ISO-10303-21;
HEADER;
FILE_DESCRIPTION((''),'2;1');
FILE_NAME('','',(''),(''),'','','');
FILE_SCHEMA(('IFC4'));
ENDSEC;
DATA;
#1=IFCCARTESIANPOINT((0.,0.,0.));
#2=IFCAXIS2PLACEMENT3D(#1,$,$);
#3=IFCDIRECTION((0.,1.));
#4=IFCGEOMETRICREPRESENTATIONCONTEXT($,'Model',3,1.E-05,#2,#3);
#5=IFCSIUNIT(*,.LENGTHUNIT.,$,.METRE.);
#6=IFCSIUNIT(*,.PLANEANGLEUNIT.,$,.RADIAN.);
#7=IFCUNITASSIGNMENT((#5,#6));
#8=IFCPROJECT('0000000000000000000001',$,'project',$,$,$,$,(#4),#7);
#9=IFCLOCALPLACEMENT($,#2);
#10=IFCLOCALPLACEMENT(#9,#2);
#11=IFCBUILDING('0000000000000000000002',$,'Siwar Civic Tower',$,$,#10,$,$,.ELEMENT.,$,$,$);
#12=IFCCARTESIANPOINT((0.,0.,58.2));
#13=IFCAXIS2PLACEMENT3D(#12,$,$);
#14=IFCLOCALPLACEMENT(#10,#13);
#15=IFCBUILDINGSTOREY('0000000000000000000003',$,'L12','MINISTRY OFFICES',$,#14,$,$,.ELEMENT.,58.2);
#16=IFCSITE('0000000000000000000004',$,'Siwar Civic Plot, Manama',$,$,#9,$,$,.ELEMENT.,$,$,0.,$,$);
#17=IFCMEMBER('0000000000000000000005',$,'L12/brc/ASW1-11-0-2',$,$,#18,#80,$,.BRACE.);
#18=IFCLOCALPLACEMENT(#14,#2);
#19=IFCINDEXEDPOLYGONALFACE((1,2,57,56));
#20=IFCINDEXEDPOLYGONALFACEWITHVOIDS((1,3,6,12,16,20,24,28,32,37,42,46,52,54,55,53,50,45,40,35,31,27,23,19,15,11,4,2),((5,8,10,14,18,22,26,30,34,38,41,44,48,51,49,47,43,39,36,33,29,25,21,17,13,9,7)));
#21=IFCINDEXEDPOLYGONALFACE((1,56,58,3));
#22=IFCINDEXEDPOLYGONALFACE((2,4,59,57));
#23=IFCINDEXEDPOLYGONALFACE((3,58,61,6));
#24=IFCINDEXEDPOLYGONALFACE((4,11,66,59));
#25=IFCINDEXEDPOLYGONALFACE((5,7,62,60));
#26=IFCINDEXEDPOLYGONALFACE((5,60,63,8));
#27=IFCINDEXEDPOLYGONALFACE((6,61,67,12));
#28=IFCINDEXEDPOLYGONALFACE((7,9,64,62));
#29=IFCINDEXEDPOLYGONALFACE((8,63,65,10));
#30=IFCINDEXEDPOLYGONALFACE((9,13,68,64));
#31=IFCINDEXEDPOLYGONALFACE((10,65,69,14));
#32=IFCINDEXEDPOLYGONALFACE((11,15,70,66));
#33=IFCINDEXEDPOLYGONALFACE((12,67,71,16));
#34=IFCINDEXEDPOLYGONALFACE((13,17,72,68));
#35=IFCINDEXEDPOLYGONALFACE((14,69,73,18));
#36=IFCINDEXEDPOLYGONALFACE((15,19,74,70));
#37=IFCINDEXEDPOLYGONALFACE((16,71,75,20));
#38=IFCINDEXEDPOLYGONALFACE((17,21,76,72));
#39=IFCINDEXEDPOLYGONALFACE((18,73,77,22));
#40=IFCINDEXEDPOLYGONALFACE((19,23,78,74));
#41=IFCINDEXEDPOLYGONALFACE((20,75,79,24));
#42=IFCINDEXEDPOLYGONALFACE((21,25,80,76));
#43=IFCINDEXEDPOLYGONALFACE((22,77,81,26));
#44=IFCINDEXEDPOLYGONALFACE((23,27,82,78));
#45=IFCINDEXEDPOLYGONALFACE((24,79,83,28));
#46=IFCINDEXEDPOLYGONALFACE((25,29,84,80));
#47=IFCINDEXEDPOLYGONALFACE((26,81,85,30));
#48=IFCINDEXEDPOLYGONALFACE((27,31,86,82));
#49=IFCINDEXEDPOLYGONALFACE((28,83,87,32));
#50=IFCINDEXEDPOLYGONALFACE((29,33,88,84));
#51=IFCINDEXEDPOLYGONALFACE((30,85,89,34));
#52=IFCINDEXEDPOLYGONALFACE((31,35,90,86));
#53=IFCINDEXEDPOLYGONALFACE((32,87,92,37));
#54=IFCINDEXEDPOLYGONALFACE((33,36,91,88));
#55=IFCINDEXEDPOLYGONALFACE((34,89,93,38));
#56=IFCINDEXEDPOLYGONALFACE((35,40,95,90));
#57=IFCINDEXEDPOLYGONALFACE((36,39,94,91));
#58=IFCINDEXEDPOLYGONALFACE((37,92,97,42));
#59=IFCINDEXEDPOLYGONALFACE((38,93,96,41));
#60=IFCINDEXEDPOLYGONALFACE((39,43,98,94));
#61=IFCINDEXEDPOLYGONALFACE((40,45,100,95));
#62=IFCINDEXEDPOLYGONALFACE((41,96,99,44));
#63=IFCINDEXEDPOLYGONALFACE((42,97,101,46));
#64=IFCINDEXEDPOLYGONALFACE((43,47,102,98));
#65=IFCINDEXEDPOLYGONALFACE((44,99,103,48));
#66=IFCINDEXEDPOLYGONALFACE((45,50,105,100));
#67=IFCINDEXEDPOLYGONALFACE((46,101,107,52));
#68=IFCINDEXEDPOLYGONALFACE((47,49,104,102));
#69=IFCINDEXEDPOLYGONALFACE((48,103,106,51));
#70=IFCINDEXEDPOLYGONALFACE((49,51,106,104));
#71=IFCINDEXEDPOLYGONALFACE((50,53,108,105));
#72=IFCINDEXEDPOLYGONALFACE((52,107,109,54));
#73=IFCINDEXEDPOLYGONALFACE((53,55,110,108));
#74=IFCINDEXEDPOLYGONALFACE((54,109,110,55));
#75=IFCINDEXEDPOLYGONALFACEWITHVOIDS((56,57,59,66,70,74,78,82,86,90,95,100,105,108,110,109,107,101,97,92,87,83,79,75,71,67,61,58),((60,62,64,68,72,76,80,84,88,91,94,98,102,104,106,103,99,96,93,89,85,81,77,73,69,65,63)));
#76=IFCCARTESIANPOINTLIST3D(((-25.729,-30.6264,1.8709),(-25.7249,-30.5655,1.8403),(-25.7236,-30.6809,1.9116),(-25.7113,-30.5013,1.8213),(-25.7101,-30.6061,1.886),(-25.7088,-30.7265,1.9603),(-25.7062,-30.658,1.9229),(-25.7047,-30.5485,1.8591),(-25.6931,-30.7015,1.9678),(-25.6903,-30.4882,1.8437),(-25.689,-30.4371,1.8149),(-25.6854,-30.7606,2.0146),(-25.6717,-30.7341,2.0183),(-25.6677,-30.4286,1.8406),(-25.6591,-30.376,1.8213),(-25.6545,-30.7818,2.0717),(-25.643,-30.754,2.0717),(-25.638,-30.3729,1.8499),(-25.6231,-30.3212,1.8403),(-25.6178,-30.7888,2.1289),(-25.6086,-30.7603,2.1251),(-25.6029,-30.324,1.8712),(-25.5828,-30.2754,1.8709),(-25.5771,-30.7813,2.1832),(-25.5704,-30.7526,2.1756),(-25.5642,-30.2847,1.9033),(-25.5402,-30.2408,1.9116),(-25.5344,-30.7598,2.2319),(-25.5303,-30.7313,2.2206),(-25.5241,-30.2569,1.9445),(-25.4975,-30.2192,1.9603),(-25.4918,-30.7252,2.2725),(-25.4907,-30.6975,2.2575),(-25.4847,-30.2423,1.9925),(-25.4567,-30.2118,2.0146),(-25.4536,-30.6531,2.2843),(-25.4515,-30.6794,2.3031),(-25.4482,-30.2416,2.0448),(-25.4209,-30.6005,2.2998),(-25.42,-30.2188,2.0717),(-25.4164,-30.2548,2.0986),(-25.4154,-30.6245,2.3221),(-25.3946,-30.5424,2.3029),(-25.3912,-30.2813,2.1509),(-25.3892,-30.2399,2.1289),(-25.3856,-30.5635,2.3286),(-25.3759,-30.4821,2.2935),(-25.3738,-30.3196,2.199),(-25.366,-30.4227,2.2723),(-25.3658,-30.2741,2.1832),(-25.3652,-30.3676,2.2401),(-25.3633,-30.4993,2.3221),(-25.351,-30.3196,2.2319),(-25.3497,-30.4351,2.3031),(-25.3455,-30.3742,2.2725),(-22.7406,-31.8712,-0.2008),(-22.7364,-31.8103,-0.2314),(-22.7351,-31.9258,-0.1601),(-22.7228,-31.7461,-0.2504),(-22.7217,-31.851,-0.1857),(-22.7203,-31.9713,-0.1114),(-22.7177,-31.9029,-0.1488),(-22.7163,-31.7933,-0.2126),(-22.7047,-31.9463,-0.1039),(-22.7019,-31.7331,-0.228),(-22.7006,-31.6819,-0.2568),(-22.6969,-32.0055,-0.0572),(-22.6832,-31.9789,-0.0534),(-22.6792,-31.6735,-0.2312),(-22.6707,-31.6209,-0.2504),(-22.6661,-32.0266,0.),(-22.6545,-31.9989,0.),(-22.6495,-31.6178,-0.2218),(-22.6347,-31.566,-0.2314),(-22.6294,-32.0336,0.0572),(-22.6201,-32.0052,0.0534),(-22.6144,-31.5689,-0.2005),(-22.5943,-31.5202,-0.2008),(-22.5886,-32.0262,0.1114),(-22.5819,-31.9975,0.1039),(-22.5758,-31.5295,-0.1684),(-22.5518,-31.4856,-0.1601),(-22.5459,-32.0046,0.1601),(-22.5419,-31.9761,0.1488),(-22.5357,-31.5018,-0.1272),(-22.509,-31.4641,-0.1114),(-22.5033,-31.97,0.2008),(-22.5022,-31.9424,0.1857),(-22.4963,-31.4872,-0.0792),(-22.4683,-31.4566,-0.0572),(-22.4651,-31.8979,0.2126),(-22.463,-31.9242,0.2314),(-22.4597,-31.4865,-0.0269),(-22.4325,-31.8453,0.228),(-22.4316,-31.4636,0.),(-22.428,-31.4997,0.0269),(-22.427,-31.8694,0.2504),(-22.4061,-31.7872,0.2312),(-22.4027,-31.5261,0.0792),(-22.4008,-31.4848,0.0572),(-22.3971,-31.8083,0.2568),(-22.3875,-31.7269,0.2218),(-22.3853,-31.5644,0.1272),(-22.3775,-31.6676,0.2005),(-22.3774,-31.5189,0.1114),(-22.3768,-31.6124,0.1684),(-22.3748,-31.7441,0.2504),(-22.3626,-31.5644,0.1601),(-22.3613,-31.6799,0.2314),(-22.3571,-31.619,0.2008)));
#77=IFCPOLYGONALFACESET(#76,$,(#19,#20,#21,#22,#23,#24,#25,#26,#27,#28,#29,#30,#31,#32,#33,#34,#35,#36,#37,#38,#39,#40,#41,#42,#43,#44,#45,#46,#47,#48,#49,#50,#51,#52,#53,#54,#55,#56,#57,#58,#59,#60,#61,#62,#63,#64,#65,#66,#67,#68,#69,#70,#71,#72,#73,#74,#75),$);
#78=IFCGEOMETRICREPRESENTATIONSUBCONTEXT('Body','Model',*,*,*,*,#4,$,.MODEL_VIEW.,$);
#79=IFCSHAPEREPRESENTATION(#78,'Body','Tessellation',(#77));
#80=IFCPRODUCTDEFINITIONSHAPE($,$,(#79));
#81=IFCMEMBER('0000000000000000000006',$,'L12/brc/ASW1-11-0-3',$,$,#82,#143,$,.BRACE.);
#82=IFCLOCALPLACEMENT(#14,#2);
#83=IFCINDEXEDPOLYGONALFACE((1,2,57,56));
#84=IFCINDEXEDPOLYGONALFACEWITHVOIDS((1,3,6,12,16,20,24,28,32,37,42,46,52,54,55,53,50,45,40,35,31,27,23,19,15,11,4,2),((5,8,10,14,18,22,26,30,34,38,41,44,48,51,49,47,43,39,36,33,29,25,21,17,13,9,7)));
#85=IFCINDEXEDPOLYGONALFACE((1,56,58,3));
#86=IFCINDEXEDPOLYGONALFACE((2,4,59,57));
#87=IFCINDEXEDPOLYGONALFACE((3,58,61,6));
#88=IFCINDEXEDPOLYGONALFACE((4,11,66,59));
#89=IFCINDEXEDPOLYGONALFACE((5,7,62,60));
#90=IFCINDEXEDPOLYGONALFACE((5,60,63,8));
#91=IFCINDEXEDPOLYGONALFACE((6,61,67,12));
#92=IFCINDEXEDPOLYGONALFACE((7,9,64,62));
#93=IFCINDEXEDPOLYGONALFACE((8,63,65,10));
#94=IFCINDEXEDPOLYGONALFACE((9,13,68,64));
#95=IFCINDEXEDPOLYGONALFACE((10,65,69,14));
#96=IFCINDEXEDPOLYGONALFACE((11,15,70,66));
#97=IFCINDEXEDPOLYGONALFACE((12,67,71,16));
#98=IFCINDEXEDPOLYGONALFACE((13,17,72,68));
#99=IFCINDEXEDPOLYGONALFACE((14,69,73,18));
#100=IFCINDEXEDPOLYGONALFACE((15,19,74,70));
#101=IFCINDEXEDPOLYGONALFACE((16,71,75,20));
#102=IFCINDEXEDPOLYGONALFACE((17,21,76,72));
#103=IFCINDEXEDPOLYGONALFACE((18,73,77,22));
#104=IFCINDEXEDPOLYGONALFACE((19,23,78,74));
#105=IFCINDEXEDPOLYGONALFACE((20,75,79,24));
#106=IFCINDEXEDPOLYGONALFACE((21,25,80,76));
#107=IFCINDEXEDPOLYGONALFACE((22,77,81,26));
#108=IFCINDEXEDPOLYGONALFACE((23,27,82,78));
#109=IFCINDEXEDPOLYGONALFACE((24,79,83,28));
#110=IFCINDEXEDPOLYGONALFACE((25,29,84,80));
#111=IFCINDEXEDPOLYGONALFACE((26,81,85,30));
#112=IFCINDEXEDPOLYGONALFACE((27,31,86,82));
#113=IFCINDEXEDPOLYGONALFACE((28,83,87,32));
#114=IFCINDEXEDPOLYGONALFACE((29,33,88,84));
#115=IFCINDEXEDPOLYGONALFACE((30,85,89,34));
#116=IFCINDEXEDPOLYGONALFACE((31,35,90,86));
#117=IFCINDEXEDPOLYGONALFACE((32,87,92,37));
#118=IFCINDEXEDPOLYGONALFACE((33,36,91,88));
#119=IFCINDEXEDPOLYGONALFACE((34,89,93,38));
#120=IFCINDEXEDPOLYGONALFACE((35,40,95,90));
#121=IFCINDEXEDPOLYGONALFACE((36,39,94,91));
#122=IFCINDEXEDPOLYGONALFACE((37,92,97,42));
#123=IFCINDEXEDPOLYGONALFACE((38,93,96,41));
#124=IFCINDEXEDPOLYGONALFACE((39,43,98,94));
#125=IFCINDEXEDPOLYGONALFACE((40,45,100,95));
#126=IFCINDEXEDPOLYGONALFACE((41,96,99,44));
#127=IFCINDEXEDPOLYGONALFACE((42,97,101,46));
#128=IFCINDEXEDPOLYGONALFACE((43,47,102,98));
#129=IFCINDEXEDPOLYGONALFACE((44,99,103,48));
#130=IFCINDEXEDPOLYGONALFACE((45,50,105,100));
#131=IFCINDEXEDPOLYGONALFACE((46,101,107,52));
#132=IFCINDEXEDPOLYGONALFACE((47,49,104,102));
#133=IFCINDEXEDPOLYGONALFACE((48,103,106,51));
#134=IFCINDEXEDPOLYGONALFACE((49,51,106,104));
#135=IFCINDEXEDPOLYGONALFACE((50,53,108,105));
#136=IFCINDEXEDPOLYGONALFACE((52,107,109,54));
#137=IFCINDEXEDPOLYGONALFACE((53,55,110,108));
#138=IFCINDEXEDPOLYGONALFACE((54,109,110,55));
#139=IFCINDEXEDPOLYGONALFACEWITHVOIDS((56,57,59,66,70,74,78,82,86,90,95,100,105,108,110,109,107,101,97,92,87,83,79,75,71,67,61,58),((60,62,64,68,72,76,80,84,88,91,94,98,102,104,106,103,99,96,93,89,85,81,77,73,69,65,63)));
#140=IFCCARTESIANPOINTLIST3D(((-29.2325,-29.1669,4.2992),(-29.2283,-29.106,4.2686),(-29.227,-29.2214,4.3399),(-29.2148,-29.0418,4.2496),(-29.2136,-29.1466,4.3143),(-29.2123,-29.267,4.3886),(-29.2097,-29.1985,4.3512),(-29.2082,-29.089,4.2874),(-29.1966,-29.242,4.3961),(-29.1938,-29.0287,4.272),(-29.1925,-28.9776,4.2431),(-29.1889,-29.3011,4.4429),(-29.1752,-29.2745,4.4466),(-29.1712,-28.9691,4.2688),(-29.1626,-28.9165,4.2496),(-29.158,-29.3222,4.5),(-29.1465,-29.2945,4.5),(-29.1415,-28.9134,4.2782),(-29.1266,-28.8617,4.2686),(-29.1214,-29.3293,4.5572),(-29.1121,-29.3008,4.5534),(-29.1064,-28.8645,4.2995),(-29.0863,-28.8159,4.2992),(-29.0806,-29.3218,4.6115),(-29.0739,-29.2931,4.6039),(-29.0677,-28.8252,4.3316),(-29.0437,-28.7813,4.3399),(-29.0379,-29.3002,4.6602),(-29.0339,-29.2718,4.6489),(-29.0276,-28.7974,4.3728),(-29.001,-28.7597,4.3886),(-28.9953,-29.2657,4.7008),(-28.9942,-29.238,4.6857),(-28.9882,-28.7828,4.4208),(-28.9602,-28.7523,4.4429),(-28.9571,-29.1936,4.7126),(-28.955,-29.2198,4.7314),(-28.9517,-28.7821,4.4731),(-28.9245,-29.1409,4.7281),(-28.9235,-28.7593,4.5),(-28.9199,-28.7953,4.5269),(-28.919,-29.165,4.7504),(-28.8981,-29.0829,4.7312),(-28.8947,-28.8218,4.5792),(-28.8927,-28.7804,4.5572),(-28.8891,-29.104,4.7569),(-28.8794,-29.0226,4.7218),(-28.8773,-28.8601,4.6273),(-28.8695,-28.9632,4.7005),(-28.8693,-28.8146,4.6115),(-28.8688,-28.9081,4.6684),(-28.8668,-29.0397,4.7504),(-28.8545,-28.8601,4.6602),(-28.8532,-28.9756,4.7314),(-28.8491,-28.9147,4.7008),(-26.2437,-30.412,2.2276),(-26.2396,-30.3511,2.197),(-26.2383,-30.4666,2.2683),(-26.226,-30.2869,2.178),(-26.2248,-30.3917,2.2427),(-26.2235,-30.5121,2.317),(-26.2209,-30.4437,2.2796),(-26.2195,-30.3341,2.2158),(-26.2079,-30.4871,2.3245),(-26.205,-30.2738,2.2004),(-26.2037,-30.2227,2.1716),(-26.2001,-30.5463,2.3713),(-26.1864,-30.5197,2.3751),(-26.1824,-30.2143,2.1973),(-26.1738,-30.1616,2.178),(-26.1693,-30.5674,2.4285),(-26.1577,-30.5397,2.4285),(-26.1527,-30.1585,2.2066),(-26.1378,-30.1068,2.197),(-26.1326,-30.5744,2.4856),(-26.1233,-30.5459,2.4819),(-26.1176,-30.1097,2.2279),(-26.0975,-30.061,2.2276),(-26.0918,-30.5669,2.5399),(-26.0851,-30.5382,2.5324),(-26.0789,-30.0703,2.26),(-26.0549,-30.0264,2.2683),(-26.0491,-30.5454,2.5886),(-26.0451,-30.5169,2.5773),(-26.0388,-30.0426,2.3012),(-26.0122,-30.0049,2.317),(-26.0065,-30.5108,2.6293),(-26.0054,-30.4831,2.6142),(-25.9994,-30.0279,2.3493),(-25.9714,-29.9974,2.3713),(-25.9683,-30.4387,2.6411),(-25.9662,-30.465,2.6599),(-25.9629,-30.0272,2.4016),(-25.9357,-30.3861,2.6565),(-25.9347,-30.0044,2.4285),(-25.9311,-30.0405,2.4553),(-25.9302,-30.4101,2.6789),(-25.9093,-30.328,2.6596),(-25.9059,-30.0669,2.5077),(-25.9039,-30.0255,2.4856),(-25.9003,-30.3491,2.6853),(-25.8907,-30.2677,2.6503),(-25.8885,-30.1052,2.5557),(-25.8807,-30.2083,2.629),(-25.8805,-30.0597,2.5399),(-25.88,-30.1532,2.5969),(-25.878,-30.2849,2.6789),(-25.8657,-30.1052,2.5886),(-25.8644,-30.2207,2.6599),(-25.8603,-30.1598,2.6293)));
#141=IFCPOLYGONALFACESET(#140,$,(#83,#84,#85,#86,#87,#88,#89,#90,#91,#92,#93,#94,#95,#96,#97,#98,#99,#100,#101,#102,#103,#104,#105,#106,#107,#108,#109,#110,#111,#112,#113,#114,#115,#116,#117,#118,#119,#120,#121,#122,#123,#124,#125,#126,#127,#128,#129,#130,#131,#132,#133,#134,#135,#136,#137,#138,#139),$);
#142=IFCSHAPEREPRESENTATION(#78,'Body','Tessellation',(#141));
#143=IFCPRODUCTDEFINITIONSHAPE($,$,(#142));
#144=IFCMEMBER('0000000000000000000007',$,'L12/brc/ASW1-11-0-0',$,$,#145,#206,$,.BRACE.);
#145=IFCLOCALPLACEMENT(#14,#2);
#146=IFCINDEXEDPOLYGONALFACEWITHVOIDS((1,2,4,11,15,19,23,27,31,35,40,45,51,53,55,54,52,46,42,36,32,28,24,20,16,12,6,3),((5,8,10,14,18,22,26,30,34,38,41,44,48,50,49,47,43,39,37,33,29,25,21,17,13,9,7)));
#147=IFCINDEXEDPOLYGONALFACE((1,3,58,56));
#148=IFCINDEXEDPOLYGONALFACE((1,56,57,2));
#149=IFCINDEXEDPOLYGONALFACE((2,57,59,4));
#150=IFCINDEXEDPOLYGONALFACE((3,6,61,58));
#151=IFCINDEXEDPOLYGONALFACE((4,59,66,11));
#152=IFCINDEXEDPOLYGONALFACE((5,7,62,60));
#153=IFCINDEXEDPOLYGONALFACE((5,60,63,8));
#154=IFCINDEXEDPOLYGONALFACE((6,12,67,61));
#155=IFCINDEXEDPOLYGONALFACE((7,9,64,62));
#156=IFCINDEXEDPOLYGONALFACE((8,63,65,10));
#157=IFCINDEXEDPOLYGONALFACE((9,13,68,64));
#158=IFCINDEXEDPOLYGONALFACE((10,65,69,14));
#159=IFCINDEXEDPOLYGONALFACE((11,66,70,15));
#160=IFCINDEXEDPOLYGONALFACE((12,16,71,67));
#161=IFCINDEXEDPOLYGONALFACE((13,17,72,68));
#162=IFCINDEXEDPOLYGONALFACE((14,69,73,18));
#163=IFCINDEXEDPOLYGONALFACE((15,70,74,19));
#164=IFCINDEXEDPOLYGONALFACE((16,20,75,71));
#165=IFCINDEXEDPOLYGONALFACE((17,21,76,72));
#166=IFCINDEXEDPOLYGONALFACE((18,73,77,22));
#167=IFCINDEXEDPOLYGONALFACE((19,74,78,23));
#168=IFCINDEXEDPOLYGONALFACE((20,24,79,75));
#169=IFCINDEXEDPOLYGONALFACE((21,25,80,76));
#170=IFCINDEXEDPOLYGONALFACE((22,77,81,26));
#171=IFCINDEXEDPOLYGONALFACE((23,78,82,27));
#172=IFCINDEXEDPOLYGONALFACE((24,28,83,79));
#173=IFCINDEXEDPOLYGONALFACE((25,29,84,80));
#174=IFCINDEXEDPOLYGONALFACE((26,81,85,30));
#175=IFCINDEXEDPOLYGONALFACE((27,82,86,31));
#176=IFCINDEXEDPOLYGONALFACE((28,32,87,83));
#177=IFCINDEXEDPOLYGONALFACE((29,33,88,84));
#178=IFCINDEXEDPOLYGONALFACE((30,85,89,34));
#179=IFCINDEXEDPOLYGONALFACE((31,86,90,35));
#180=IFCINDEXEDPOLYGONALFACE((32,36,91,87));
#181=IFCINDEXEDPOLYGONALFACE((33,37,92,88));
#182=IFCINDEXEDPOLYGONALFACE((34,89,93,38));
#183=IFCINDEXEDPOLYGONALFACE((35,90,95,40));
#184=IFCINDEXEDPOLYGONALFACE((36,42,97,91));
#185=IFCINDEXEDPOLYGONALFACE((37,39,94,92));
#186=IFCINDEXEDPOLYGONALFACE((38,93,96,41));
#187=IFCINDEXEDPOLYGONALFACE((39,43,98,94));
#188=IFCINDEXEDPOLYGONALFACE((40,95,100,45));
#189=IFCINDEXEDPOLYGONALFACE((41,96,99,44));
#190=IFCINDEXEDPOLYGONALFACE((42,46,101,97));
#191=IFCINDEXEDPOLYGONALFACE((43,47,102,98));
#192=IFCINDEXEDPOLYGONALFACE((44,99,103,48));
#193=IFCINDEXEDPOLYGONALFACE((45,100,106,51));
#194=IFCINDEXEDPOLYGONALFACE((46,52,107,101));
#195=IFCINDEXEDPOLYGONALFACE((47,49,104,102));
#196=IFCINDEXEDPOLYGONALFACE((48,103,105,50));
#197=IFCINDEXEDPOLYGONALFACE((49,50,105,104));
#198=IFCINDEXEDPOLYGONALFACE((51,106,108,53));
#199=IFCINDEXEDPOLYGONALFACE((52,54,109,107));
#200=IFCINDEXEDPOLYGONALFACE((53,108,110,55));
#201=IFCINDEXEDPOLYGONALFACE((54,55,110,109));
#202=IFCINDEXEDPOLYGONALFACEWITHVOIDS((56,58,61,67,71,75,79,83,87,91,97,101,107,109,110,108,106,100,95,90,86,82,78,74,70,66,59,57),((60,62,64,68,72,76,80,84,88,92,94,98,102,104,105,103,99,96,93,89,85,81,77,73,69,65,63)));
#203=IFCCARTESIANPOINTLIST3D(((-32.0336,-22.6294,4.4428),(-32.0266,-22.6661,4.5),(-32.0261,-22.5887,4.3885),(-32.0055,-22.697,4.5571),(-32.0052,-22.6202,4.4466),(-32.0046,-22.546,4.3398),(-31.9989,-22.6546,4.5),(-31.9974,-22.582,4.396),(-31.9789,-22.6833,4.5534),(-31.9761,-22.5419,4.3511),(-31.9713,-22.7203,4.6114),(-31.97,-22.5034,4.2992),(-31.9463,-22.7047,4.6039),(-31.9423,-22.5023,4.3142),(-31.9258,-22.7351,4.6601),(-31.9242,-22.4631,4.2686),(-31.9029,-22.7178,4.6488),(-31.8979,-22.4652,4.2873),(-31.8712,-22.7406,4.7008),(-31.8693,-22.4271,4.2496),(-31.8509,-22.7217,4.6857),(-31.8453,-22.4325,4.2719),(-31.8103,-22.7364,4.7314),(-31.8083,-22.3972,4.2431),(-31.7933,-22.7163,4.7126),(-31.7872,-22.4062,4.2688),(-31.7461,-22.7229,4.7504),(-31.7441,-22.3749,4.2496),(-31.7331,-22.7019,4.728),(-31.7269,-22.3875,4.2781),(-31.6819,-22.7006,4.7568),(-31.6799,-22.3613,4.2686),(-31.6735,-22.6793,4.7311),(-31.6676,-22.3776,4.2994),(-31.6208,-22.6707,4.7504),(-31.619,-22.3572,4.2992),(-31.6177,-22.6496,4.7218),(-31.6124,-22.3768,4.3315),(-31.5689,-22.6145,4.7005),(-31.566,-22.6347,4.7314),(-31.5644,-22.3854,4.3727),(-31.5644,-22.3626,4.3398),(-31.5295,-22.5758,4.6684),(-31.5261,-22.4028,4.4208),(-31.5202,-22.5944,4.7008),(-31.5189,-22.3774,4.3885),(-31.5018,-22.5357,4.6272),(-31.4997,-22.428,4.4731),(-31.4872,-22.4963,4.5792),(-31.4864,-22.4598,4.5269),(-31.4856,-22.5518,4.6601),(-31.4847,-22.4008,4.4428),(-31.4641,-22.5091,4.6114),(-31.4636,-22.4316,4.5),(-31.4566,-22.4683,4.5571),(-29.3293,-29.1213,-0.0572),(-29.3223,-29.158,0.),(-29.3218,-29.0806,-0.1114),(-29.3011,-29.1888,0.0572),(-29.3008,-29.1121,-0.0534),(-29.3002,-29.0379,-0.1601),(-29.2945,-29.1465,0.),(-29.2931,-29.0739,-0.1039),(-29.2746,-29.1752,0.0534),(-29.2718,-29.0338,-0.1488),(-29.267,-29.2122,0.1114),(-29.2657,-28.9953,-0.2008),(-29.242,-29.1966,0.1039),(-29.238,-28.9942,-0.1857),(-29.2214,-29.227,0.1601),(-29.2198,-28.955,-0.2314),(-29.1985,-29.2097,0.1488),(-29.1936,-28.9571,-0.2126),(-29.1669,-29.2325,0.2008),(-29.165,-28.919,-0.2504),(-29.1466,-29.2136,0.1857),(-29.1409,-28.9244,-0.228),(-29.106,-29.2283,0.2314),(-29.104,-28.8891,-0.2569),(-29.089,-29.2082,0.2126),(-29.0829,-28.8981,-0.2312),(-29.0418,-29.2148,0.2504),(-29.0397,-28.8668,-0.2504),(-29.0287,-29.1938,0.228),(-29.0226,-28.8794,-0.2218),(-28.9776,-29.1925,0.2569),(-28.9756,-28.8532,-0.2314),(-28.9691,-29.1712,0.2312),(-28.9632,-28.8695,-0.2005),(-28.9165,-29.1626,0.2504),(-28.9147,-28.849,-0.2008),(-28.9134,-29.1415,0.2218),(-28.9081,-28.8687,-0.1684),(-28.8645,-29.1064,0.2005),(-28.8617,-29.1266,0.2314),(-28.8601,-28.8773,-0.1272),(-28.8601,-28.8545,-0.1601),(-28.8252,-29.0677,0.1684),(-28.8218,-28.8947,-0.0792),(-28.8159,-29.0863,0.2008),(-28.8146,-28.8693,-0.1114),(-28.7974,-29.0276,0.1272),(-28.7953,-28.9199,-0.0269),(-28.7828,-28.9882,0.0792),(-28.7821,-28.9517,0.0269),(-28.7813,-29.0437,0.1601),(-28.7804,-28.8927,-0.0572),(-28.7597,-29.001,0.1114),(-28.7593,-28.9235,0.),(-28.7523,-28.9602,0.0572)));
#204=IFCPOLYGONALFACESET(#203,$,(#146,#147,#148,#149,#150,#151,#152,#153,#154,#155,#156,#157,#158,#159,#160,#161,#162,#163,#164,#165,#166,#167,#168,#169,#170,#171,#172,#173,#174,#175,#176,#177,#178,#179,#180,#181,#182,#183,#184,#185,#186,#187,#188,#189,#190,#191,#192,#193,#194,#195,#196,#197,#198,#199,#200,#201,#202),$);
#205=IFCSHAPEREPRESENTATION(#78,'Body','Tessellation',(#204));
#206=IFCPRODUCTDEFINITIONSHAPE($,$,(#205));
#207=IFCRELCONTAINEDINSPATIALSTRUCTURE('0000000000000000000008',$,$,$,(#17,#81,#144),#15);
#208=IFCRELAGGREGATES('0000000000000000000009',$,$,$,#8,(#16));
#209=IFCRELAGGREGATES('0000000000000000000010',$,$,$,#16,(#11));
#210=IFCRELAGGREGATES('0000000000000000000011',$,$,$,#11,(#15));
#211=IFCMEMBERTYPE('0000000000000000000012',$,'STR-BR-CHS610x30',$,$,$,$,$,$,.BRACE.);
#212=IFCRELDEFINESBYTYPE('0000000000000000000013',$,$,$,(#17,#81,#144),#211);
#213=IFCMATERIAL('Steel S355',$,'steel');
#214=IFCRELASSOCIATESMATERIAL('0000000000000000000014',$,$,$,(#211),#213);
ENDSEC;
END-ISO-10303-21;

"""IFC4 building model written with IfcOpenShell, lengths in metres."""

from ifc_helpers import new_model, si_unit, direction, frame, origin, origin_2d, place, context, subcontext, project, spatial, hollow_circle, extrude, material, material_profile, profile_set, type_object, element, save


model = new_model("IFC4")

# Units and contexts
model_context = context("Model", 3, precision=1e-05, world=origin(), true_north=direction((0.0, 1.0)))
body_context = subcontext(model_context, "Body", "Model", "MODEL_VIEW")
ifc_project = project(units=[si_unit("LENGTHUNIT", "METRE"), si_unit("PLANEANGLEUNIT", "RADIAN")], contexts=[model_context])

# Site, building, storey
site_placement = place(None, origin())
site = spatial("IfcSite", under=ifc_project, at=site_placement, Name="Siwar Civic Plot, Manama", CompositionType="ELEMENT", RefElevation=0.0)
building_placement = place(site_placement, origin())
building = spatial("IfcBuilding", under=site, at=building_placement, Name="Siwar Civic Tower", CompositionType="ELEMENT")
storey_placement = place(building_placement, frame((0.0, 0.0, 58.2)))
storey = spatial("IfcBuildingStorey", under=building, at=storey_placement, Name="L12", Description="MINISTRY OFFICES", CompositionType="ELEMENT", Elevation=58.2)

# Members
ifc_material_1 = material(Name="Steel S355", Category="steel")
ifc_material_profile_1 = material_profile(ifc_material_1, hollow_circle(Radius=0.3049, WallThickness=0.03, at=origin_2d()), Name="CHS610x30")
ifc_profile_set_1 = profile_set([ifc_material_profile_1], Name="Steel S355")
member_type_1 = type_object("IfcMemberType", Name="STR-BR-CHS610x30", PredefinedType="BRACE", material=ifc_profile_set_1)
member_1_placement = place(storey_placement, frame((-22.5488, -31.7451, 0.0), z_axis=(-0.777533, 0.323882, 0.53902), x_axis=(-0.384524, -0.923115, 0.0)))
element("IfcMember", 1, at=member_1_placement, inside=storey, type_object=member_type_1, Name="L12/brc/ASW1-11-0-2", PredefinedType="BRACE", context=body_context, shape_type="SweptSolid", body=[
    extrude(hollow_circle(Radius=0.3049, WallThickness=0.03, at=origin_2d()), origin(), (0.0, 0.0, 1.0), 3.8435),
])
member_2_placement = place(storey_placement, frame((-26.052, -30.2859, 2.4285), z_axis=(-0.777569, 0.323934, 0.538937), x_axis=(-0.384562, -0.923099, 0.0)))
element("IfcMember", 2, at=member_2_placement, inside=storey, type_object=member_type_1, Name="L12/brc/ASW1-11-0-3", PredefinedType="BRACE", context=body_context, shape_type="SweptSolid", body=[
    extrude(hollow_circle(Radius=0.3049, WallThickness=0.03, at=origin_2d()), origin(), (0.0, 0.0, 1.0), 3.8438),
])
member_3_placement = place(storey_placement, frame((-29.0408, -29.0408, 0.0), z_axis=(-0.323906, 0.777555, 0.538975), x_axis=(-0.923109, -0.384539, 0.0)))
element("IfcMember", 3, at=member_3_placement, inside=storey, type_object=member_type_1, Name="L12/brc/ASW1-11-0-0", PredefinedType="BRACE", context=body_context, shape_type="SweptSolid", body=[
    extrude(hollow_circle(Radius=0.3049, WallThickness=0.03, at=origin_2d()), origin(), (0.0, 0.0, 1.0), 8.3491),
])

save(model, "model.ifc")
